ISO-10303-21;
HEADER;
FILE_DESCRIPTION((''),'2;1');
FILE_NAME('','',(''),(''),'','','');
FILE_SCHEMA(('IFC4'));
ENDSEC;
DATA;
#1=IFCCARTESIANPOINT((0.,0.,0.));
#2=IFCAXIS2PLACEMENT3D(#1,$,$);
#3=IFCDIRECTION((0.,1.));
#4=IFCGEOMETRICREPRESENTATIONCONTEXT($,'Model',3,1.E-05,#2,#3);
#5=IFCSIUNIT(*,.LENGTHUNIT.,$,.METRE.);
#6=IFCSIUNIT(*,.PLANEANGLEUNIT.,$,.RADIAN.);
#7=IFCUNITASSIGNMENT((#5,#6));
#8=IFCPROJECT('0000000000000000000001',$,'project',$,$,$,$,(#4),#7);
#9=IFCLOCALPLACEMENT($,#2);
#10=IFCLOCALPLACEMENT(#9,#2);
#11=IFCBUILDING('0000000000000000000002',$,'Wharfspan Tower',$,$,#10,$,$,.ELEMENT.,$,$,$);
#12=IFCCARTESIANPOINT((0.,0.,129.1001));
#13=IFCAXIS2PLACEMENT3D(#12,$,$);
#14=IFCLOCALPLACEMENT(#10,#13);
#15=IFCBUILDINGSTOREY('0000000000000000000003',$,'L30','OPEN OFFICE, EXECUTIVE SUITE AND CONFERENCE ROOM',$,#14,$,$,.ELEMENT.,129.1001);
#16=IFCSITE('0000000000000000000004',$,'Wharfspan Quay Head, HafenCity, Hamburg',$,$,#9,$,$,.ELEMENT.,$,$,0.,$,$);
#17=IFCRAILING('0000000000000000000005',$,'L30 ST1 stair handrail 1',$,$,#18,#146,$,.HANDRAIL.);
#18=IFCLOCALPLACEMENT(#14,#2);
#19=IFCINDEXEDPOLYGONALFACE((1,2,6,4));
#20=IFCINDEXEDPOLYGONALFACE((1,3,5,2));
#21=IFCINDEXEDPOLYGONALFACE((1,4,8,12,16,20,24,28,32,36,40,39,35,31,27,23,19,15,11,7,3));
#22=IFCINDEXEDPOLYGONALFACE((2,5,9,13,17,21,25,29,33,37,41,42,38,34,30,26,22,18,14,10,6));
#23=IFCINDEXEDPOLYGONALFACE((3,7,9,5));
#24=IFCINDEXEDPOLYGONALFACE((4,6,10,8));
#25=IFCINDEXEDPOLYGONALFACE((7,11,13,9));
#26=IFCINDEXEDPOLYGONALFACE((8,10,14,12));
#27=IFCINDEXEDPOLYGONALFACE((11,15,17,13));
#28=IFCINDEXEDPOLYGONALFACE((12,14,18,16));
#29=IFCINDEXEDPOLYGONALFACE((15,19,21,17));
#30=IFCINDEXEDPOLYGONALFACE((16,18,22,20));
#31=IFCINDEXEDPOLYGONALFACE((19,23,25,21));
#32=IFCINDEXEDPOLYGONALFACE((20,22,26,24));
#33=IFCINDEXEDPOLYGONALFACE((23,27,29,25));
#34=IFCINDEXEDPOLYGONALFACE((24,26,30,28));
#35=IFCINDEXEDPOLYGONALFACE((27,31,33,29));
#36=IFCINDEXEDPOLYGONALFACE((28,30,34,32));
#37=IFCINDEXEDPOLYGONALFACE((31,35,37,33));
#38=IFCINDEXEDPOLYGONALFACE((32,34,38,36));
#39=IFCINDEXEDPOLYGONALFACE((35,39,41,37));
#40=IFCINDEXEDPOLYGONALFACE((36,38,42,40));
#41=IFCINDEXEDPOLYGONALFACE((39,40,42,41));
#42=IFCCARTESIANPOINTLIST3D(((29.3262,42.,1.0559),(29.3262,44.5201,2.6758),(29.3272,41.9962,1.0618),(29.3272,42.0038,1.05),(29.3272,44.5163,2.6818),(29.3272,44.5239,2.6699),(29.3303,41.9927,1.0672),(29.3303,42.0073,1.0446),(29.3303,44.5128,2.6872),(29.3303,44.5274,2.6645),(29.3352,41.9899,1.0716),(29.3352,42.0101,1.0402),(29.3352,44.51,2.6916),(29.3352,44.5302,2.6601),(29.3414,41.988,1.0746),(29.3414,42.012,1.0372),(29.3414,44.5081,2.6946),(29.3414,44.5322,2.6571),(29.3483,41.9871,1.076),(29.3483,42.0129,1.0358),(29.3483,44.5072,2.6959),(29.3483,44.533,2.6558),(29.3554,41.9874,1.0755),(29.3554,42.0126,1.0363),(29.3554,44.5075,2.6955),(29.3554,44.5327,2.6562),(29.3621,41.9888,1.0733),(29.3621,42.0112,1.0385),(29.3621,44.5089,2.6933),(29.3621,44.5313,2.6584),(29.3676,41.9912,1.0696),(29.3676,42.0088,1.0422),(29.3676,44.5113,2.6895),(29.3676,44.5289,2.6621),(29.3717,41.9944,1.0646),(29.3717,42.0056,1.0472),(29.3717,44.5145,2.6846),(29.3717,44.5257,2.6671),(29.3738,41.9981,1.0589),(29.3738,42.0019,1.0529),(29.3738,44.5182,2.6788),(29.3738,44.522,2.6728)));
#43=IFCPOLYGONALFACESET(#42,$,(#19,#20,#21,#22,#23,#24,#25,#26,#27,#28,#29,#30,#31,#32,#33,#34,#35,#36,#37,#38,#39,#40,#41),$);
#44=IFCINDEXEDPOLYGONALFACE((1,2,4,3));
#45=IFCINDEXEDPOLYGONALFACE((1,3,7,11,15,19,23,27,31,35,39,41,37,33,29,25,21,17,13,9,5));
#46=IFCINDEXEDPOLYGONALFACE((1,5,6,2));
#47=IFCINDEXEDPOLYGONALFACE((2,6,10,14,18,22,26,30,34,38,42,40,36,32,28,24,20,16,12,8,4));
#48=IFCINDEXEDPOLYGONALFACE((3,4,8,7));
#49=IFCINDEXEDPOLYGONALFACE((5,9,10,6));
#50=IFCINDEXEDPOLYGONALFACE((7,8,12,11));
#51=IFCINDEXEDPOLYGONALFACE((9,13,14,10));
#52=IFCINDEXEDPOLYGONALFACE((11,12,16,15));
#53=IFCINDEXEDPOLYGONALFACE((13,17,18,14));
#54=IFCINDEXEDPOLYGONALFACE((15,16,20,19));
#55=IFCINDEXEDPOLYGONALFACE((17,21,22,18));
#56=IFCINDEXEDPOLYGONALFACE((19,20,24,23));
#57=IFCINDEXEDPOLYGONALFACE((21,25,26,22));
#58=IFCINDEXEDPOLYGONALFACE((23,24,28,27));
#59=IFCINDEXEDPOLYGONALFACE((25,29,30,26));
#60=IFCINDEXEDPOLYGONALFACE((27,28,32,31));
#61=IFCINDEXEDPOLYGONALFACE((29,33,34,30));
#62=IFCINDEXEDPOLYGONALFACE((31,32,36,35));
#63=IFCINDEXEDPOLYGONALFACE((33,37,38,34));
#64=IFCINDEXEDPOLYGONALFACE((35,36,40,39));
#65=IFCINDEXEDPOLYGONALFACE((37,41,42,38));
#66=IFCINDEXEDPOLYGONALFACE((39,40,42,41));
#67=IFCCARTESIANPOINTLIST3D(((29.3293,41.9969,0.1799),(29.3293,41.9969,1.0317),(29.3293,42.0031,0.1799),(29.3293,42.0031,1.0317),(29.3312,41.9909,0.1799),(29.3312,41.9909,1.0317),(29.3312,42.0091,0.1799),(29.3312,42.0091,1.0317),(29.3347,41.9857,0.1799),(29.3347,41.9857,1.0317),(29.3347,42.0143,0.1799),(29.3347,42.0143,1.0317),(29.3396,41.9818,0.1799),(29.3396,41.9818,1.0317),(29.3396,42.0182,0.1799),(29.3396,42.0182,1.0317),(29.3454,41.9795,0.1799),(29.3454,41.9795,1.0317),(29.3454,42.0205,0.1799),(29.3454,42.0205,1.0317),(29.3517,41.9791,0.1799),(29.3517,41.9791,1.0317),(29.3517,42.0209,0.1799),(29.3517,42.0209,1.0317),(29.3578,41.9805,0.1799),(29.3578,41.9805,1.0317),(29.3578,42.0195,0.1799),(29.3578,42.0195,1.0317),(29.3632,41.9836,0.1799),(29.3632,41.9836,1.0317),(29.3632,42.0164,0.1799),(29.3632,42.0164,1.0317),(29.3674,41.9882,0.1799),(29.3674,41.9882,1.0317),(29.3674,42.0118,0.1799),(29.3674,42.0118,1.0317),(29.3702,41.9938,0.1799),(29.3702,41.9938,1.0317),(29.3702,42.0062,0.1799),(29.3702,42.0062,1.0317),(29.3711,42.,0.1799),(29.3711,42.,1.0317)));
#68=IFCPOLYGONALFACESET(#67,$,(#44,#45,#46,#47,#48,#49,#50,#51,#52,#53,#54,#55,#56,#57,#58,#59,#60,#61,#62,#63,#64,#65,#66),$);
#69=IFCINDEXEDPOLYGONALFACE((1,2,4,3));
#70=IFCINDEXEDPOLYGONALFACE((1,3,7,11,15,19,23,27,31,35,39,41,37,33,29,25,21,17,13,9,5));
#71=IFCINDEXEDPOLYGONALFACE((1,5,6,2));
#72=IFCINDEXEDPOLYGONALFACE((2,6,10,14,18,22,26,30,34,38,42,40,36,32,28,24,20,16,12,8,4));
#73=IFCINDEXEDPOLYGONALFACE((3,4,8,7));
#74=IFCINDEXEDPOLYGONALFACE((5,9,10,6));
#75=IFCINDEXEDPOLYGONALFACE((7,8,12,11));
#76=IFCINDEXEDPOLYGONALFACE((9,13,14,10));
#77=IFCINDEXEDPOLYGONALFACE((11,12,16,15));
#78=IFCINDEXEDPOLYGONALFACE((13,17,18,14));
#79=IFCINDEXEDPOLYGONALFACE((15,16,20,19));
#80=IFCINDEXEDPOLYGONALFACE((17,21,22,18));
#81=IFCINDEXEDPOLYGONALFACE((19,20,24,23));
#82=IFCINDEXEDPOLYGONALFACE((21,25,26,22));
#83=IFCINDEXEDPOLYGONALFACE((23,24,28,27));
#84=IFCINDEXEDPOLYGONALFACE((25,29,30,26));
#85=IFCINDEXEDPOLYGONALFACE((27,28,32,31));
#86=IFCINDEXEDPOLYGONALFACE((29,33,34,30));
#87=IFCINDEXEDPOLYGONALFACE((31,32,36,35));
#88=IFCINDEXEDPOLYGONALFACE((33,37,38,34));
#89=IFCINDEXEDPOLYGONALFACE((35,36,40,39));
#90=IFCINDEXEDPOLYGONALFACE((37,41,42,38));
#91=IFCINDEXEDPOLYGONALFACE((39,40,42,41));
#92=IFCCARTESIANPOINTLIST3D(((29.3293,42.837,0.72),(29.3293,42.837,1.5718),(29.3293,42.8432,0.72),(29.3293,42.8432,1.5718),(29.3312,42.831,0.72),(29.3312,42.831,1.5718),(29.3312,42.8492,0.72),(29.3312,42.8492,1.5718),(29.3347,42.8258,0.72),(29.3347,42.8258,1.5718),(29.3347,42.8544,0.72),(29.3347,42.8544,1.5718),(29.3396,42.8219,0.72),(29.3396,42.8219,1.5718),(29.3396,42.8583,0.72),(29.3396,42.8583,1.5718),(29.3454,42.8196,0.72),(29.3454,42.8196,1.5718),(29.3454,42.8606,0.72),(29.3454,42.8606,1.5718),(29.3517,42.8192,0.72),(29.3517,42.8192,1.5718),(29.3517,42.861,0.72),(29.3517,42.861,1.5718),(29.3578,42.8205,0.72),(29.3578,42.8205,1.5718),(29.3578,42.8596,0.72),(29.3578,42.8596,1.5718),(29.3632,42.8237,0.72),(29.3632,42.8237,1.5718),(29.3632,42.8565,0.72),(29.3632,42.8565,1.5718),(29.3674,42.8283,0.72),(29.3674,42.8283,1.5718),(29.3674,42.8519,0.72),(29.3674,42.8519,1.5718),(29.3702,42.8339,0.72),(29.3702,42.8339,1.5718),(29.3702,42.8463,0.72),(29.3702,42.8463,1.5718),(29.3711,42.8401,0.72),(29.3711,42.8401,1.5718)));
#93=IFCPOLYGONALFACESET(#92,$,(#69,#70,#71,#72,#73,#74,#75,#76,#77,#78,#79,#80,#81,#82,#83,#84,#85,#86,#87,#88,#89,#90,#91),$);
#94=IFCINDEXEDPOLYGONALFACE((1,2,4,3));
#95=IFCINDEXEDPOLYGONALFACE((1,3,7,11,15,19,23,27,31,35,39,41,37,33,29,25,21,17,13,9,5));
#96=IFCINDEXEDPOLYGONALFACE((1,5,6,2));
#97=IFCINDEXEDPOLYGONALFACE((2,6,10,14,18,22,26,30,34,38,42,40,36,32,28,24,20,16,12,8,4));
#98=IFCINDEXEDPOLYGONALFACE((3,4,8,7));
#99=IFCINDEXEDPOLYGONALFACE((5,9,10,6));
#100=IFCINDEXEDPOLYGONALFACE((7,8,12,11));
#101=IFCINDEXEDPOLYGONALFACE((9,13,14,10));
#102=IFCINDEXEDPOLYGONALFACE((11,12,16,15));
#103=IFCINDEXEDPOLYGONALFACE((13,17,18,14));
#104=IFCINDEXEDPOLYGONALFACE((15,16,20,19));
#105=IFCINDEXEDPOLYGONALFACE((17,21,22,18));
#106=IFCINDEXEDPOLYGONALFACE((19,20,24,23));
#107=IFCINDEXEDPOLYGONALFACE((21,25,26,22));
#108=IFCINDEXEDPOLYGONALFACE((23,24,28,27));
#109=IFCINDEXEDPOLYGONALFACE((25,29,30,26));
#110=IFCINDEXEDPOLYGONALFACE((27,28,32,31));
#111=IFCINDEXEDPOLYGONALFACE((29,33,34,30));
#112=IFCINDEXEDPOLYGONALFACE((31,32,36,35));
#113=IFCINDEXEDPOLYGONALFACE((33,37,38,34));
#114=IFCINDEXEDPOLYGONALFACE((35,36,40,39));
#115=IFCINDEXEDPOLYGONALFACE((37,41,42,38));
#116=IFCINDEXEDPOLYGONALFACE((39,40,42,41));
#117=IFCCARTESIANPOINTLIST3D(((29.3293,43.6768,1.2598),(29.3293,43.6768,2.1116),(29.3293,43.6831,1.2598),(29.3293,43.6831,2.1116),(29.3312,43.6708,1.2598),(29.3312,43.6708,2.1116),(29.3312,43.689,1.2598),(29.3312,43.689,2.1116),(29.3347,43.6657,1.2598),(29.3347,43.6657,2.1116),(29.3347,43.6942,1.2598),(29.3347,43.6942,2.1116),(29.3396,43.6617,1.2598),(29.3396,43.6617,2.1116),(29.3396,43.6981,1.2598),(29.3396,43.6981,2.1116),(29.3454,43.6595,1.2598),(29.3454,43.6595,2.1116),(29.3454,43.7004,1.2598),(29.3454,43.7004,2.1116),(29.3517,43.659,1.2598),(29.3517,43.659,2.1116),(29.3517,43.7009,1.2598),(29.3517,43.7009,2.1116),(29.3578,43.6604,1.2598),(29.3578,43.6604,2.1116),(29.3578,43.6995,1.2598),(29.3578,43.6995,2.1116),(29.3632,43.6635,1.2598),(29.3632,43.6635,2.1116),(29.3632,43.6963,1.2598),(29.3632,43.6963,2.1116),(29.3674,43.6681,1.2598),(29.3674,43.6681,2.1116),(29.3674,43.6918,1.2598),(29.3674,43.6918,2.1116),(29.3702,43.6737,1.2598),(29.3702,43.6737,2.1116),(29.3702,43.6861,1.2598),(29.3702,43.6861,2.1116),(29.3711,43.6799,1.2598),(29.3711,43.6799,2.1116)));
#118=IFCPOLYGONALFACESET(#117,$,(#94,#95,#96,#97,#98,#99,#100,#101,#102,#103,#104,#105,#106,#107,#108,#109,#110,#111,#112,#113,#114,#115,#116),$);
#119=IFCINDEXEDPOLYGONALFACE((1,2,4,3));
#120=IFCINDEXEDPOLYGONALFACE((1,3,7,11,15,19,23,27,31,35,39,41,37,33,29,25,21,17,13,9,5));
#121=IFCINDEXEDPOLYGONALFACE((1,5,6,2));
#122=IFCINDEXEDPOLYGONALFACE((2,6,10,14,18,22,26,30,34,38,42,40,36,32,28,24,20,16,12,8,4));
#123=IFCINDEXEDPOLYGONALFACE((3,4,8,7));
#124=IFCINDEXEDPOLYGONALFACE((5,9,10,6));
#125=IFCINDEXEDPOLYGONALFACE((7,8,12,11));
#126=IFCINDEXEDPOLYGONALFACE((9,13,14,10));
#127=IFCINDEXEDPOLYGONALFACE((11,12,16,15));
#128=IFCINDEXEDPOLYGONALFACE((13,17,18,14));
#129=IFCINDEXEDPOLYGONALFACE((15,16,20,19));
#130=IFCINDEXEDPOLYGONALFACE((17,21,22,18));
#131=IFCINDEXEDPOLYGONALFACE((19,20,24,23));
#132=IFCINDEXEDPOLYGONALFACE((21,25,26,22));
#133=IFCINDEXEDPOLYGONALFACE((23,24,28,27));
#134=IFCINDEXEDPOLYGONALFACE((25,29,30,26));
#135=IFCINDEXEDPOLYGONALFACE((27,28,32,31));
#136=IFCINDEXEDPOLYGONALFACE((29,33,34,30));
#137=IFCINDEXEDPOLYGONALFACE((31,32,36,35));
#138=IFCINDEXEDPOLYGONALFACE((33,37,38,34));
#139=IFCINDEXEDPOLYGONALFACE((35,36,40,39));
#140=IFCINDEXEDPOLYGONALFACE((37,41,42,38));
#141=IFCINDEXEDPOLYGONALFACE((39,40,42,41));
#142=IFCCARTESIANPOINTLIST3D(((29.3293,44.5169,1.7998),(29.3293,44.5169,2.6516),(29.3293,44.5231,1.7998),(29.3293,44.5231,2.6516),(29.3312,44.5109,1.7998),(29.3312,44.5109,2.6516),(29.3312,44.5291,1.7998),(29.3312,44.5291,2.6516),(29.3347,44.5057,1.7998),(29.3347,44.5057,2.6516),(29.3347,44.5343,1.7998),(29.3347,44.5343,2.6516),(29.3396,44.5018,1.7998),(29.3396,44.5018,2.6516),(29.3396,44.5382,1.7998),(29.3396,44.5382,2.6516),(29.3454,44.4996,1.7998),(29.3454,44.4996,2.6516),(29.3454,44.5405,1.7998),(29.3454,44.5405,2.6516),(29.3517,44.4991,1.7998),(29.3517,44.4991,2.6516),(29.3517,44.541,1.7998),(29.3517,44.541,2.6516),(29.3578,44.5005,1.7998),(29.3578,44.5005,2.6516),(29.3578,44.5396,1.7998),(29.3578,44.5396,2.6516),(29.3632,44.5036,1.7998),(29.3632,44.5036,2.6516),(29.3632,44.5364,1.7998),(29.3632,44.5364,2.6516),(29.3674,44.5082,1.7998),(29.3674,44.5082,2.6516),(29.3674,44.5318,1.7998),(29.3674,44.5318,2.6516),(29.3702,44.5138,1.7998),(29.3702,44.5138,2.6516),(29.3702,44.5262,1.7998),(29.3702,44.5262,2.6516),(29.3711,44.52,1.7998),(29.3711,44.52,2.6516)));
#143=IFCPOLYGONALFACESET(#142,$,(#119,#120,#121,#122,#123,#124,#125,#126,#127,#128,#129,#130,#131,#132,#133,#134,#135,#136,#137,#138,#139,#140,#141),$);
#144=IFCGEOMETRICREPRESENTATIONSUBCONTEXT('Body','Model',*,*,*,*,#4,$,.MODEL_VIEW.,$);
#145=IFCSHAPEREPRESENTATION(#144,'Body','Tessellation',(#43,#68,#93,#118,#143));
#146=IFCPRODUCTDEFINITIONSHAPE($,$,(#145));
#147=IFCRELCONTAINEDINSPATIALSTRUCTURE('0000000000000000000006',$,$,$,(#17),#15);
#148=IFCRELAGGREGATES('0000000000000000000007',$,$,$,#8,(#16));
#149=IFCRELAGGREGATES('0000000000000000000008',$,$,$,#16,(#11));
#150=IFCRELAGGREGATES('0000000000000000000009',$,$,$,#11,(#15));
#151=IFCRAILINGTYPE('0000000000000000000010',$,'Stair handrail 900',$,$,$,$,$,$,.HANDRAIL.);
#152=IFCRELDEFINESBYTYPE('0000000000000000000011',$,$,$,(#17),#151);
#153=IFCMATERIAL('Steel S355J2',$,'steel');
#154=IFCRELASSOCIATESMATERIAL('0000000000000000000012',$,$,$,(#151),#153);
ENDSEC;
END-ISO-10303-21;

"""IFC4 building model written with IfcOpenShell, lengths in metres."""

from ifc_helpers import new_model, si_unit, direction, frame, origin, origin_2d, place, context, subcontext, project, spatial, circle, extrude, material, type_object, element, save


model = new_model("IFC4")

# Units and contexts
model_context = context("Model", 3, precision=1e-05, world=origin(), true_north=direction((0.0, 1.0)))
body_context = subcontext(model_context, "Body", "Model", "MODEL_VIEW")
ifc_project = project(units=[si_unit("LENGTHUNIT", "METRE"), si_unit("PLANEANGLEUNIT", "RADIAN")], contexts=[model_context])

# Site, building, storey
site_placement = place(None, origin())
site = spatial("IfcSite", under=ifc_project, at=site_placement, Name="Wharfspan Quay Head, HafenCity, Hamburg", CompositionType="ELEMENT", RefElevation=0.0)
building_placement = place(site_placement, origin())
building = spatial("IfcBuilding", under=site, at=building_placement, Name="Wharfspan Tower", CompositionType="ELEMENT")
storey_placement = place(building_placement, frame((0.0, 0.0, 129.1001)))
storey = spatial("IfcBuildingStorey", under=building, at=storey_placement, Name="L30", Description="OPEN OFFICE, EXECUTIVE SUITE AND CONFERENCE ROOM", CompositionType="ELEMENT", Elevation=129.1001)

# Shared definitions
ifc_material_1 = material(Name="Steel S355J2", Category="steel")

# Railing
railing_type_1 = type_object("IfcRailingType", Name="Stair handrail 900", PredefinedType="HANDRAIL", material=ifc_material_1)
railing_1_placement = place(storey_placement, frame((29.3501, 42.0, 0.1799)))
element("IfcRailing", 1, at=railing_1_placement, inside=storey, type_object=railing_type_1, Name="L30 ST1 stair handrail 1", PredefinedType="HANDRAIL", context=body_context, shape_type="SweptSolid", body=[
    extrude(circle(Radius=0.0239, at=origin_2d()), frame((0.0, 0.0, 0.876), z_axis=(0.0, 0.8412, 0.540725), x_axis=(-1.0, 0.0, 0.0)), (0.0, 0.0, 1.0), 2.9958),
    extrude(circle(Radius=0.021, at=origin_2d()), origin(), (0.0, 0.0, 1.0), 0.8518),
    extrude(circle(Radius=0.021, at=origin_2d()), frame((0.0, 0.8401, 0.54)), (0.0, 0.0, 1.0), 0.8518),
    extrude(circle(Radius=0.021, at=origin_2d()), frame((0.0, 1.6799, 1.0798)), (0.0, 0.0, 1.0), 0.8518),
    extrude(circle(Radius=0.021, at=origin_2d()), frame((0.0, 2.52, 1.6199)), (0.0, 0.0, 1.0), 0.8518),
])

save(model, "model.ifc")
